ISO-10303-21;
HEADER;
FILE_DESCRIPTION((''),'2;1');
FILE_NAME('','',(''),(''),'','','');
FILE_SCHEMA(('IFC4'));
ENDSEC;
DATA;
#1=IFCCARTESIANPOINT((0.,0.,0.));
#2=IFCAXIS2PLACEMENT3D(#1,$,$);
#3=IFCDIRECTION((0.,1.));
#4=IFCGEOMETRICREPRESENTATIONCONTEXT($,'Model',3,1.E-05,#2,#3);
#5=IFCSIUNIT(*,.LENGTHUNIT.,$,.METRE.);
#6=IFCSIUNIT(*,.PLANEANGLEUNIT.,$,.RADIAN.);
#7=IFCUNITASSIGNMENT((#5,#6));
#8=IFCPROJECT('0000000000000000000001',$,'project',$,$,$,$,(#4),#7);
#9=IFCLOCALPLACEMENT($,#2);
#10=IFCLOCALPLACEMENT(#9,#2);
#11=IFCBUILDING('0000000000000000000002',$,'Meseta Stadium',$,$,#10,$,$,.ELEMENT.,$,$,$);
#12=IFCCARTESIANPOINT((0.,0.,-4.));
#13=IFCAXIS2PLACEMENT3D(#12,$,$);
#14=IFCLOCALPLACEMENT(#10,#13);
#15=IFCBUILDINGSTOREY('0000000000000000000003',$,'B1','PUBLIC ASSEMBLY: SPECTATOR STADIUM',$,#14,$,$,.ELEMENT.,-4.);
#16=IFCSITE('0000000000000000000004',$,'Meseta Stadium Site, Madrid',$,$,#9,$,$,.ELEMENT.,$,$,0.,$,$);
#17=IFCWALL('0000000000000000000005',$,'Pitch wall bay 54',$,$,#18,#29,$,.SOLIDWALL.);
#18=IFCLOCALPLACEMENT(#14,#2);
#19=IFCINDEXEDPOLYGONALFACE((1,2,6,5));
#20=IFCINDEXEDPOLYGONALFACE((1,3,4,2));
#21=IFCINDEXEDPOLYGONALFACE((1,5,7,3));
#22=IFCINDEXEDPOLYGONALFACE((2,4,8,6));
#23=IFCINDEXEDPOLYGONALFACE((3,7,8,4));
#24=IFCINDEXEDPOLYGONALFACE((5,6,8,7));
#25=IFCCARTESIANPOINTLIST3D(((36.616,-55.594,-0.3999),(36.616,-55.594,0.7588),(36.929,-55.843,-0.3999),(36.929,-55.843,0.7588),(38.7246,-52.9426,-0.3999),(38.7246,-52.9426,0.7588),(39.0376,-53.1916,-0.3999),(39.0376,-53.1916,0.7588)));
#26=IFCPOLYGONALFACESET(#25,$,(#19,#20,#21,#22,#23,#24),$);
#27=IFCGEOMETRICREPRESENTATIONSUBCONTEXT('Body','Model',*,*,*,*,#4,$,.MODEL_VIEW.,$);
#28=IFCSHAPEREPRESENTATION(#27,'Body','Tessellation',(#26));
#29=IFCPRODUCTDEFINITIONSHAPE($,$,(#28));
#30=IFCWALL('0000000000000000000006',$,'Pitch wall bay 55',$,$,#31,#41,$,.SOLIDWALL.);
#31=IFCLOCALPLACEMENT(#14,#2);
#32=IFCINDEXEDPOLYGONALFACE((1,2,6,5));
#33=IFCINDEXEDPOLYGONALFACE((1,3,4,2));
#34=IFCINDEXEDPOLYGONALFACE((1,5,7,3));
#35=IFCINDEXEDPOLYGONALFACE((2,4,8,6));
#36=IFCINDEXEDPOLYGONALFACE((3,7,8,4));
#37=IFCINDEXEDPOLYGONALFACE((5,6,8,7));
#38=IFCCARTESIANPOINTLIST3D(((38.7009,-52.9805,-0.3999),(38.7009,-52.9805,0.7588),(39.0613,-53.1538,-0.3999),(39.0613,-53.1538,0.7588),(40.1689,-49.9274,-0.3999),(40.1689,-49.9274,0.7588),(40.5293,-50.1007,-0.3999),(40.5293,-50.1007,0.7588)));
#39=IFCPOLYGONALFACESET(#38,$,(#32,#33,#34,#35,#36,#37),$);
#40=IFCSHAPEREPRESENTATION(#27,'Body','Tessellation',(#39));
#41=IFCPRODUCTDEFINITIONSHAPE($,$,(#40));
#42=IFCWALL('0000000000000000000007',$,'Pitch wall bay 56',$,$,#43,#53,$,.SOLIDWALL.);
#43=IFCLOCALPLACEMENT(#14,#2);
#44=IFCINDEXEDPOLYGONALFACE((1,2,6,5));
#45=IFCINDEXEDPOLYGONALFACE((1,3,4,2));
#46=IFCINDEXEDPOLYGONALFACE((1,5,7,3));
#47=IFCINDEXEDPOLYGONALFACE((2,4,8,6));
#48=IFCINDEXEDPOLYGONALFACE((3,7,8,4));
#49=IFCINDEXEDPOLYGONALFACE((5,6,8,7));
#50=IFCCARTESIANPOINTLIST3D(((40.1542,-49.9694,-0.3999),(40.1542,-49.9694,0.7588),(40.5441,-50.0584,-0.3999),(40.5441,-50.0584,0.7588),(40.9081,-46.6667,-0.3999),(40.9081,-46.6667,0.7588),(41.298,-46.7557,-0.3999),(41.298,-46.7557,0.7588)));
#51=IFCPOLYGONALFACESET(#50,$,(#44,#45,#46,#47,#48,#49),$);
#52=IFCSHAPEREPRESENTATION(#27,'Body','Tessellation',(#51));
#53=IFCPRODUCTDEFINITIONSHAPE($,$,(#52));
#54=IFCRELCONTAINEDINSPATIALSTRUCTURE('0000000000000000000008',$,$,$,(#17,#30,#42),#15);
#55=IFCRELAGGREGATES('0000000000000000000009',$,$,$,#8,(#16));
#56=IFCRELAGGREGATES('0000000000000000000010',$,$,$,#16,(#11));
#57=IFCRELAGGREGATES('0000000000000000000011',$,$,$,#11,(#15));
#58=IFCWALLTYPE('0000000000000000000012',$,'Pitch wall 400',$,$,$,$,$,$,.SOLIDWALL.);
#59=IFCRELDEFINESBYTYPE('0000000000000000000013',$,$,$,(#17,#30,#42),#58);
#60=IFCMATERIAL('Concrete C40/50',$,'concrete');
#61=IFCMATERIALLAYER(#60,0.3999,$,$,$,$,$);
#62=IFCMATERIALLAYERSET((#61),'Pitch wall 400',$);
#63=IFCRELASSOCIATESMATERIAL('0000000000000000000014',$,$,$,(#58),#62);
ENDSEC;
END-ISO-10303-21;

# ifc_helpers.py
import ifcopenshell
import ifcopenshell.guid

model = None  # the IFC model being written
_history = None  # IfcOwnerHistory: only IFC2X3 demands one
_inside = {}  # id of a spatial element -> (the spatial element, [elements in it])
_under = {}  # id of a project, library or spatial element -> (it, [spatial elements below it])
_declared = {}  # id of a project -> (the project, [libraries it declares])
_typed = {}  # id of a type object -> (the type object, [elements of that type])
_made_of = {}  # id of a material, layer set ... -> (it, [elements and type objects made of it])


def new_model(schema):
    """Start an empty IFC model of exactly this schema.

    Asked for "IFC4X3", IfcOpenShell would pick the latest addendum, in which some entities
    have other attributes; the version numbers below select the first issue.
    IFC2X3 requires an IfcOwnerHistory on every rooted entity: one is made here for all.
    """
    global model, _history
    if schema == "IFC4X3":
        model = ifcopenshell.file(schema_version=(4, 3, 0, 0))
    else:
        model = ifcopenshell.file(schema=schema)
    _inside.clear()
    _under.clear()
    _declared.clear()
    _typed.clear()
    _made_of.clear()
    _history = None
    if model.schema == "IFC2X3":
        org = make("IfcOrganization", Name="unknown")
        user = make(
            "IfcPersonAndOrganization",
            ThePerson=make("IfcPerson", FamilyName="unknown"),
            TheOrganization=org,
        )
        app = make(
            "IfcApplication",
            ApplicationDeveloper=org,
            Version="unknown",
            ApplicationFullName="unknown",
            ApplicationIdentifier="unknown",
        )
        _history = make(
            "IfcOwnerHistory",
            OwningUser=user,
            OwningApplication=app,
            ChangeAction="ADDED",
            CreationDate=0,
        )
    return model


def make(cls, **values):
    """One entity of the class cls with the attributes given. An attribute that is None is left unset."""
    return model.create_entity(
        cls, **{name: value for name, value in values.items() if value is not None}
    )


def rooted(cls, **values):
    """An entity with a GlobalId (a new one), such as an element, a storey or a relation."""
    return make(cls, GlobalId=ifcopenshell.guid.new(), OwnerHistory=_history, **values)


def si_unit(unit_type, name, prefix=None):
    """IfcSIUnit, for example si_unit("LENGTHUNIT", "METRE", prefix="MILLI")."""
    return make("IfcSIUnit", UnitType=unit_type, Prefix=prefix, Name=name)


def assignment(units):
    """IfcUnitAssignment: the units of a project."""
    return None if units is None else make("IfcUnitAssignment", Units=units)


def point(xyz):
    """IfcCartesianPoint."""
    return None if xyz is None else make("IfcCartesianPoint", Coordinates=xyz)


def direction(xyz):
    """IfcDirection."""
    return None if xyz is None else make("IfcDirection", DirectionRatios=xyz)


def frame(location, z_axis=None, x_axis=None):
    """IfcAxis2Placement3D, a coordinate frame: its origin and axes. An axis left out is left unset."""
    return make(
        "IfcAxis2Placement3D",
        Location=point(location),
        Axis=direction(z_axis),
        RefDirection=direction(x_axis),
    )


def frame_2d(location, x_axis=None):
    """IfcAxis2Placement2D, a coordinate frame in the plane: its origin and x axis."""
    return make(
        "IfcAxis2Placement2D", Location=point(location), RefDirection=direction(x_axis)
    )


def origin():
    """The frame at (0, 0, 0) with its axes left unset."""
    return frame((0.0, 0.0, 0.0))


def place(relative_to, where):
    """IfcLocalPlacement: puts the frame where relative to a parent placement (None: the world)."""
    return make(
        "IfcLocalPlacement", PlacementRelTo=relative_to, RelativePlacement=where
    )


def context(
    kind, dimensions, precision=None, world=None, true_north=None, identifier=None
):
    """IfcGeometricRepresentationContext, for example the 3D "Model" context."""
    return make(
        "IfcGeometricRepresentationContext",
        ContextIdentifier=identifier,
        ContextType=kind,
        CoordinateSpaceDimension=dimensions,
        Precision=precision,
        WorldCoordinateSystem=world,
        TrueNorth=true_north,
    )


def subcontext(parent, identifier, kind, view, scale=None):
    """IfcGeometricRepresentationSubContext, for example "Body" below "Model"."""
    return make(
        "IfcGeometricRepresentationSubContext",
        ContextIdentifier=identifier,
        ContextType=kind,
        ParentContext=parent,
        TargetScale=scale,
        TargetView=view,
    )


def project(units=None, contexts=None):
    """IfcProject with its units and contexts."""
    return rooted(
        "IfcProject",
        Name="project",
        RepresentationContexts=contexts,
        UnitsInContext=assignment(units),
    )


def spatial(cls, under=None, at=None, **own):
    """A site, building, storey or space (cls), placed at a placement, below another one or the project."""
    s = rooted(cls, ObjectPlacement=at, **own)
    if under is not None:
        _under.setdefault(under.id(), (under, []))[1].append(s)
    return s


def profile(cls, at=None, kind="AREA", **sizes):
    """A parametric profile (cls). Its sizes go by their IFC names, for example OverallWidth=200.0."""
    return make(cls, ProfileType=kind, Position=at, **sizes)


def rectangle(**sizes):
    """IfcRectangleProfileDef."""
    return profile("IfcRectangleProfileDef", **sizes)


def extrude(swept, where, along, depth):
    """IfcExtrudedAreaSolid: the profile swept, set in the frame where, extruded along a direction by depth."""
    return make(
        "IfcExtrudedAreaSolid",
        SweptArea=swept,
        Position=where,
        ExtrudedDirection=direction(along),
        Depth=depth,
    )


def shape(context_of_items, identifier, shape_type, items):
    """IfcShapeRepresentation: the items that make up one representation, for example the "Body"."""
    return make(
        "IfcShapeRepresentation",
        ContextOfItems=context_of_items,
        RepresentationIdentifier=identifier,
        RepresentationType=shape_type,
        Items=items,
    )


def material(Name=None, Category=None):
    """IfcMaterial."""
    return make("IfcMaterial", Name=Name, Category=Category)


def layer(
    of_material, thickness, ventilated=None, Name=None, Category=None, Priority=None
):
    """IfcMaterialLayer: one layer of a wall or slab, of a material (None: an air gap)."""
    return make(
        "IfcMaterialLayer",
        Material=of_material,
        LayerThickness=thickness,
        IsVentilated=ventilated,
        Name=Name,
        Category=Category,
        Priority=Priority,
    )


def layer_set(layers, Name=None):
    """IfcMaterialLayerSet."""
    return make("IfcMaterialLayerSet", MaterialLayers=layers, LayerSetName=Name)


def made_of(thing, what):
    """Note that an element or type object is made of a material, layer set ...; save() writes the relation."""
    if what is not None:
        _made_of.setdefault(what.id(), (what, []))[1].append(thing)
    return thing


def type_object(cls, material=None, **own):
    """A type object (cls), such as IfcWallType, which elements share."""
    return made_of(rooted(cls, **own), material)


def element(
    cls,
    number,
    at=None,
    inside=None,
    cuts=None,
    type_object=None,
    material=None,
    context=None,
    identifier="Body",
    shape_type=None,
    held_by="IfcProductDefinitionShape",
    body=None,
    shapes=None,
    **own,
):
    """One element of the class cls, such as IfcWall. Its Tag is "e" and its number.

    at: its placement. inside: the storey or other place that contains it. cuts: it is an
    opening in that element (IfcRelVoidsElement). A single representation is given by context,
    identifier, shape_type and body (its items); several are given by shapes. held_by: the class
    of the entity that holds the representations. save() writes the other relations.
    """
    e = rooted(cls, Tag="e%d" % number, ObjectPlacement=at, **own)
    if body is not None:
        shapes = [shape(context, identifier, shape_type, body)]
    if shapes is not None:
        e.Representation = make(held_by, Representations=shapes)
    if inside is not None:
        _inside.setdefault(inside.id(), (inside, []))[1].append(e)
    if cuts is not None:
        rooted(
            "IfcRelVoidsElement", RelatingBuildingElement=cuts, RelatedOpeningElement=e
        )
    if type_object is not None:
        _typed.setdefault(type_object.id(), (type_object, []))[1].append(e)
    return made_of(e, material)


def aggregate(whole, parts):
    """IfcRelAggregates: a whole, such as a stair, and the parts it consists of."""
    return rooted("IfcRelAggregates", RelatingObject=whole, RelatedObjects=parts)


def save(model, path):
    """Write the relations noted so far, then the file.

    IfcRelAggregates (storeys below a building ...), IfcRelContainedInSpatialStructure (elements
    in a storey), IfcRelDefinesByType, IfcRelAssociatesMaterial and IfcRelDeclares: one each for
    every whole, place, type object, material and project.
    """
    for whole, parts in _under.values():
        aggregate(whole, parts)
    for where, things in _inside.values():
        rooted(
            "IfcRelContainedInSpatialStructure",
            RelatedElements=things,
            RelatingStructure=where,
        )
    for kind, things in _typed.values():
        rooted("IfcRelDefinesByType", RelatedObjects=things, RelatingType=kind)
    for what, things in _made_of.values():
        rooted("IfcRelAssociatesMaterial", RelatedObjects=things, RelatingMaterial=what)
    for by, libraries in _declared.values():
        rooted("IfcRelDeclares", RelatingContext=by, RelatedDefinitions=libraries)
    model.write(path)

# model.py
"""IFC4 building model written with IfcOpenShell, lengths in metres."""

from ifc_helpers import new_model, si_unit, direction, frame, frame_2d, origin, place, context, subcontext, project, spatial, rectangle, extrude, material, layer, layer_set, type_object, element, save


model = new_model("IFC4")

# Units and contexts
model_context = context("Model", 3, precision=1e-05, world=origin(), true_north=direction((0.0, 1.0)))
body_context = subcontext(model_context, "Body", "Model", "MODEL_VIEW")
ifc_project = project(units=[si_unit("LENGTHUNIT", "METRE"), si_unit("PLANEANGLEUNIT", "RADIAN")], contexts=[model_context])

# Site, building, storey
site_placement = place(None, origin())
site = spatial("IfcSite", under=ifc_project, at=site_placement, Name="Meseta Stadium Site, Madrid", CompositionType="ELEMENT", RefElevation=0.0)
building_placement = place(site_placement, origin())
building = spatial("IfcBuilding", under=site, at=building_placement, Name="Meseta Stadium", CompositionType="ELEMENT")
storey_placement = place(building_placement, frame((0.0, 0.0, -4.0)))
storey = spatial("IfcBuildingStorey", under=building, at=storey_placement, Name="B1", Description="PUBLIC ASSEMBLY: SPECTATOR STADIUM", CompositionType="ELEMENT", Elevation=-4.0)

# Walls
ifc_material_1 = material(Name="Concrete C40/50", Category="concrete")
ifc_layer_1 = layer(ifc_material_1, 0.3999)
ifc_layer_set_1 = layer_set([ifc_layer_1], Name="Pitch wall 400")
wall_type_1 = type_object("IfcWallType", Name="Pitch wall 400", PredefinedType="SOLIDWALL", material=ifc_layer_set_1)
for number, where, z_axis, x_axis, name in (
    (1, (36.7725, -55.7185, -0.3999), (0.0, 0.0, 1.0), (0.622451, 0.782659, 0.0), "Pitch wall bay 54"),
    (2, (38.8811, -53.0671, -0.3999), (0.0, 0.0, 1.0), (0.433324, 0.901238, 0.0), "Pitch wall bay 55"),
    (3, (40.3491, -50.0139, -0.3999), (0.0, 0.0, 1.0), (0.222543, 0.974923, 0.0), "Pitch wall bay 56"),
):
    element("IfcWall", number, at=place(storey_placement, frame(where, z_axis=z_axis, x_axis=x_axis)), inside=storey, type_object=wall_type_1, Name=name, PredefinedType="SOLIDWALL", context=body_context, shape_type="SweptSolid", body=[
        extrude(rectangle(XDim=3.3877, YDim=0.3999, at=frame_2d((1.6938, 0.0))), origin(), (0.0, 0.0, 1.0), 1.1587),
    ])

save(model, "model.ifc")
